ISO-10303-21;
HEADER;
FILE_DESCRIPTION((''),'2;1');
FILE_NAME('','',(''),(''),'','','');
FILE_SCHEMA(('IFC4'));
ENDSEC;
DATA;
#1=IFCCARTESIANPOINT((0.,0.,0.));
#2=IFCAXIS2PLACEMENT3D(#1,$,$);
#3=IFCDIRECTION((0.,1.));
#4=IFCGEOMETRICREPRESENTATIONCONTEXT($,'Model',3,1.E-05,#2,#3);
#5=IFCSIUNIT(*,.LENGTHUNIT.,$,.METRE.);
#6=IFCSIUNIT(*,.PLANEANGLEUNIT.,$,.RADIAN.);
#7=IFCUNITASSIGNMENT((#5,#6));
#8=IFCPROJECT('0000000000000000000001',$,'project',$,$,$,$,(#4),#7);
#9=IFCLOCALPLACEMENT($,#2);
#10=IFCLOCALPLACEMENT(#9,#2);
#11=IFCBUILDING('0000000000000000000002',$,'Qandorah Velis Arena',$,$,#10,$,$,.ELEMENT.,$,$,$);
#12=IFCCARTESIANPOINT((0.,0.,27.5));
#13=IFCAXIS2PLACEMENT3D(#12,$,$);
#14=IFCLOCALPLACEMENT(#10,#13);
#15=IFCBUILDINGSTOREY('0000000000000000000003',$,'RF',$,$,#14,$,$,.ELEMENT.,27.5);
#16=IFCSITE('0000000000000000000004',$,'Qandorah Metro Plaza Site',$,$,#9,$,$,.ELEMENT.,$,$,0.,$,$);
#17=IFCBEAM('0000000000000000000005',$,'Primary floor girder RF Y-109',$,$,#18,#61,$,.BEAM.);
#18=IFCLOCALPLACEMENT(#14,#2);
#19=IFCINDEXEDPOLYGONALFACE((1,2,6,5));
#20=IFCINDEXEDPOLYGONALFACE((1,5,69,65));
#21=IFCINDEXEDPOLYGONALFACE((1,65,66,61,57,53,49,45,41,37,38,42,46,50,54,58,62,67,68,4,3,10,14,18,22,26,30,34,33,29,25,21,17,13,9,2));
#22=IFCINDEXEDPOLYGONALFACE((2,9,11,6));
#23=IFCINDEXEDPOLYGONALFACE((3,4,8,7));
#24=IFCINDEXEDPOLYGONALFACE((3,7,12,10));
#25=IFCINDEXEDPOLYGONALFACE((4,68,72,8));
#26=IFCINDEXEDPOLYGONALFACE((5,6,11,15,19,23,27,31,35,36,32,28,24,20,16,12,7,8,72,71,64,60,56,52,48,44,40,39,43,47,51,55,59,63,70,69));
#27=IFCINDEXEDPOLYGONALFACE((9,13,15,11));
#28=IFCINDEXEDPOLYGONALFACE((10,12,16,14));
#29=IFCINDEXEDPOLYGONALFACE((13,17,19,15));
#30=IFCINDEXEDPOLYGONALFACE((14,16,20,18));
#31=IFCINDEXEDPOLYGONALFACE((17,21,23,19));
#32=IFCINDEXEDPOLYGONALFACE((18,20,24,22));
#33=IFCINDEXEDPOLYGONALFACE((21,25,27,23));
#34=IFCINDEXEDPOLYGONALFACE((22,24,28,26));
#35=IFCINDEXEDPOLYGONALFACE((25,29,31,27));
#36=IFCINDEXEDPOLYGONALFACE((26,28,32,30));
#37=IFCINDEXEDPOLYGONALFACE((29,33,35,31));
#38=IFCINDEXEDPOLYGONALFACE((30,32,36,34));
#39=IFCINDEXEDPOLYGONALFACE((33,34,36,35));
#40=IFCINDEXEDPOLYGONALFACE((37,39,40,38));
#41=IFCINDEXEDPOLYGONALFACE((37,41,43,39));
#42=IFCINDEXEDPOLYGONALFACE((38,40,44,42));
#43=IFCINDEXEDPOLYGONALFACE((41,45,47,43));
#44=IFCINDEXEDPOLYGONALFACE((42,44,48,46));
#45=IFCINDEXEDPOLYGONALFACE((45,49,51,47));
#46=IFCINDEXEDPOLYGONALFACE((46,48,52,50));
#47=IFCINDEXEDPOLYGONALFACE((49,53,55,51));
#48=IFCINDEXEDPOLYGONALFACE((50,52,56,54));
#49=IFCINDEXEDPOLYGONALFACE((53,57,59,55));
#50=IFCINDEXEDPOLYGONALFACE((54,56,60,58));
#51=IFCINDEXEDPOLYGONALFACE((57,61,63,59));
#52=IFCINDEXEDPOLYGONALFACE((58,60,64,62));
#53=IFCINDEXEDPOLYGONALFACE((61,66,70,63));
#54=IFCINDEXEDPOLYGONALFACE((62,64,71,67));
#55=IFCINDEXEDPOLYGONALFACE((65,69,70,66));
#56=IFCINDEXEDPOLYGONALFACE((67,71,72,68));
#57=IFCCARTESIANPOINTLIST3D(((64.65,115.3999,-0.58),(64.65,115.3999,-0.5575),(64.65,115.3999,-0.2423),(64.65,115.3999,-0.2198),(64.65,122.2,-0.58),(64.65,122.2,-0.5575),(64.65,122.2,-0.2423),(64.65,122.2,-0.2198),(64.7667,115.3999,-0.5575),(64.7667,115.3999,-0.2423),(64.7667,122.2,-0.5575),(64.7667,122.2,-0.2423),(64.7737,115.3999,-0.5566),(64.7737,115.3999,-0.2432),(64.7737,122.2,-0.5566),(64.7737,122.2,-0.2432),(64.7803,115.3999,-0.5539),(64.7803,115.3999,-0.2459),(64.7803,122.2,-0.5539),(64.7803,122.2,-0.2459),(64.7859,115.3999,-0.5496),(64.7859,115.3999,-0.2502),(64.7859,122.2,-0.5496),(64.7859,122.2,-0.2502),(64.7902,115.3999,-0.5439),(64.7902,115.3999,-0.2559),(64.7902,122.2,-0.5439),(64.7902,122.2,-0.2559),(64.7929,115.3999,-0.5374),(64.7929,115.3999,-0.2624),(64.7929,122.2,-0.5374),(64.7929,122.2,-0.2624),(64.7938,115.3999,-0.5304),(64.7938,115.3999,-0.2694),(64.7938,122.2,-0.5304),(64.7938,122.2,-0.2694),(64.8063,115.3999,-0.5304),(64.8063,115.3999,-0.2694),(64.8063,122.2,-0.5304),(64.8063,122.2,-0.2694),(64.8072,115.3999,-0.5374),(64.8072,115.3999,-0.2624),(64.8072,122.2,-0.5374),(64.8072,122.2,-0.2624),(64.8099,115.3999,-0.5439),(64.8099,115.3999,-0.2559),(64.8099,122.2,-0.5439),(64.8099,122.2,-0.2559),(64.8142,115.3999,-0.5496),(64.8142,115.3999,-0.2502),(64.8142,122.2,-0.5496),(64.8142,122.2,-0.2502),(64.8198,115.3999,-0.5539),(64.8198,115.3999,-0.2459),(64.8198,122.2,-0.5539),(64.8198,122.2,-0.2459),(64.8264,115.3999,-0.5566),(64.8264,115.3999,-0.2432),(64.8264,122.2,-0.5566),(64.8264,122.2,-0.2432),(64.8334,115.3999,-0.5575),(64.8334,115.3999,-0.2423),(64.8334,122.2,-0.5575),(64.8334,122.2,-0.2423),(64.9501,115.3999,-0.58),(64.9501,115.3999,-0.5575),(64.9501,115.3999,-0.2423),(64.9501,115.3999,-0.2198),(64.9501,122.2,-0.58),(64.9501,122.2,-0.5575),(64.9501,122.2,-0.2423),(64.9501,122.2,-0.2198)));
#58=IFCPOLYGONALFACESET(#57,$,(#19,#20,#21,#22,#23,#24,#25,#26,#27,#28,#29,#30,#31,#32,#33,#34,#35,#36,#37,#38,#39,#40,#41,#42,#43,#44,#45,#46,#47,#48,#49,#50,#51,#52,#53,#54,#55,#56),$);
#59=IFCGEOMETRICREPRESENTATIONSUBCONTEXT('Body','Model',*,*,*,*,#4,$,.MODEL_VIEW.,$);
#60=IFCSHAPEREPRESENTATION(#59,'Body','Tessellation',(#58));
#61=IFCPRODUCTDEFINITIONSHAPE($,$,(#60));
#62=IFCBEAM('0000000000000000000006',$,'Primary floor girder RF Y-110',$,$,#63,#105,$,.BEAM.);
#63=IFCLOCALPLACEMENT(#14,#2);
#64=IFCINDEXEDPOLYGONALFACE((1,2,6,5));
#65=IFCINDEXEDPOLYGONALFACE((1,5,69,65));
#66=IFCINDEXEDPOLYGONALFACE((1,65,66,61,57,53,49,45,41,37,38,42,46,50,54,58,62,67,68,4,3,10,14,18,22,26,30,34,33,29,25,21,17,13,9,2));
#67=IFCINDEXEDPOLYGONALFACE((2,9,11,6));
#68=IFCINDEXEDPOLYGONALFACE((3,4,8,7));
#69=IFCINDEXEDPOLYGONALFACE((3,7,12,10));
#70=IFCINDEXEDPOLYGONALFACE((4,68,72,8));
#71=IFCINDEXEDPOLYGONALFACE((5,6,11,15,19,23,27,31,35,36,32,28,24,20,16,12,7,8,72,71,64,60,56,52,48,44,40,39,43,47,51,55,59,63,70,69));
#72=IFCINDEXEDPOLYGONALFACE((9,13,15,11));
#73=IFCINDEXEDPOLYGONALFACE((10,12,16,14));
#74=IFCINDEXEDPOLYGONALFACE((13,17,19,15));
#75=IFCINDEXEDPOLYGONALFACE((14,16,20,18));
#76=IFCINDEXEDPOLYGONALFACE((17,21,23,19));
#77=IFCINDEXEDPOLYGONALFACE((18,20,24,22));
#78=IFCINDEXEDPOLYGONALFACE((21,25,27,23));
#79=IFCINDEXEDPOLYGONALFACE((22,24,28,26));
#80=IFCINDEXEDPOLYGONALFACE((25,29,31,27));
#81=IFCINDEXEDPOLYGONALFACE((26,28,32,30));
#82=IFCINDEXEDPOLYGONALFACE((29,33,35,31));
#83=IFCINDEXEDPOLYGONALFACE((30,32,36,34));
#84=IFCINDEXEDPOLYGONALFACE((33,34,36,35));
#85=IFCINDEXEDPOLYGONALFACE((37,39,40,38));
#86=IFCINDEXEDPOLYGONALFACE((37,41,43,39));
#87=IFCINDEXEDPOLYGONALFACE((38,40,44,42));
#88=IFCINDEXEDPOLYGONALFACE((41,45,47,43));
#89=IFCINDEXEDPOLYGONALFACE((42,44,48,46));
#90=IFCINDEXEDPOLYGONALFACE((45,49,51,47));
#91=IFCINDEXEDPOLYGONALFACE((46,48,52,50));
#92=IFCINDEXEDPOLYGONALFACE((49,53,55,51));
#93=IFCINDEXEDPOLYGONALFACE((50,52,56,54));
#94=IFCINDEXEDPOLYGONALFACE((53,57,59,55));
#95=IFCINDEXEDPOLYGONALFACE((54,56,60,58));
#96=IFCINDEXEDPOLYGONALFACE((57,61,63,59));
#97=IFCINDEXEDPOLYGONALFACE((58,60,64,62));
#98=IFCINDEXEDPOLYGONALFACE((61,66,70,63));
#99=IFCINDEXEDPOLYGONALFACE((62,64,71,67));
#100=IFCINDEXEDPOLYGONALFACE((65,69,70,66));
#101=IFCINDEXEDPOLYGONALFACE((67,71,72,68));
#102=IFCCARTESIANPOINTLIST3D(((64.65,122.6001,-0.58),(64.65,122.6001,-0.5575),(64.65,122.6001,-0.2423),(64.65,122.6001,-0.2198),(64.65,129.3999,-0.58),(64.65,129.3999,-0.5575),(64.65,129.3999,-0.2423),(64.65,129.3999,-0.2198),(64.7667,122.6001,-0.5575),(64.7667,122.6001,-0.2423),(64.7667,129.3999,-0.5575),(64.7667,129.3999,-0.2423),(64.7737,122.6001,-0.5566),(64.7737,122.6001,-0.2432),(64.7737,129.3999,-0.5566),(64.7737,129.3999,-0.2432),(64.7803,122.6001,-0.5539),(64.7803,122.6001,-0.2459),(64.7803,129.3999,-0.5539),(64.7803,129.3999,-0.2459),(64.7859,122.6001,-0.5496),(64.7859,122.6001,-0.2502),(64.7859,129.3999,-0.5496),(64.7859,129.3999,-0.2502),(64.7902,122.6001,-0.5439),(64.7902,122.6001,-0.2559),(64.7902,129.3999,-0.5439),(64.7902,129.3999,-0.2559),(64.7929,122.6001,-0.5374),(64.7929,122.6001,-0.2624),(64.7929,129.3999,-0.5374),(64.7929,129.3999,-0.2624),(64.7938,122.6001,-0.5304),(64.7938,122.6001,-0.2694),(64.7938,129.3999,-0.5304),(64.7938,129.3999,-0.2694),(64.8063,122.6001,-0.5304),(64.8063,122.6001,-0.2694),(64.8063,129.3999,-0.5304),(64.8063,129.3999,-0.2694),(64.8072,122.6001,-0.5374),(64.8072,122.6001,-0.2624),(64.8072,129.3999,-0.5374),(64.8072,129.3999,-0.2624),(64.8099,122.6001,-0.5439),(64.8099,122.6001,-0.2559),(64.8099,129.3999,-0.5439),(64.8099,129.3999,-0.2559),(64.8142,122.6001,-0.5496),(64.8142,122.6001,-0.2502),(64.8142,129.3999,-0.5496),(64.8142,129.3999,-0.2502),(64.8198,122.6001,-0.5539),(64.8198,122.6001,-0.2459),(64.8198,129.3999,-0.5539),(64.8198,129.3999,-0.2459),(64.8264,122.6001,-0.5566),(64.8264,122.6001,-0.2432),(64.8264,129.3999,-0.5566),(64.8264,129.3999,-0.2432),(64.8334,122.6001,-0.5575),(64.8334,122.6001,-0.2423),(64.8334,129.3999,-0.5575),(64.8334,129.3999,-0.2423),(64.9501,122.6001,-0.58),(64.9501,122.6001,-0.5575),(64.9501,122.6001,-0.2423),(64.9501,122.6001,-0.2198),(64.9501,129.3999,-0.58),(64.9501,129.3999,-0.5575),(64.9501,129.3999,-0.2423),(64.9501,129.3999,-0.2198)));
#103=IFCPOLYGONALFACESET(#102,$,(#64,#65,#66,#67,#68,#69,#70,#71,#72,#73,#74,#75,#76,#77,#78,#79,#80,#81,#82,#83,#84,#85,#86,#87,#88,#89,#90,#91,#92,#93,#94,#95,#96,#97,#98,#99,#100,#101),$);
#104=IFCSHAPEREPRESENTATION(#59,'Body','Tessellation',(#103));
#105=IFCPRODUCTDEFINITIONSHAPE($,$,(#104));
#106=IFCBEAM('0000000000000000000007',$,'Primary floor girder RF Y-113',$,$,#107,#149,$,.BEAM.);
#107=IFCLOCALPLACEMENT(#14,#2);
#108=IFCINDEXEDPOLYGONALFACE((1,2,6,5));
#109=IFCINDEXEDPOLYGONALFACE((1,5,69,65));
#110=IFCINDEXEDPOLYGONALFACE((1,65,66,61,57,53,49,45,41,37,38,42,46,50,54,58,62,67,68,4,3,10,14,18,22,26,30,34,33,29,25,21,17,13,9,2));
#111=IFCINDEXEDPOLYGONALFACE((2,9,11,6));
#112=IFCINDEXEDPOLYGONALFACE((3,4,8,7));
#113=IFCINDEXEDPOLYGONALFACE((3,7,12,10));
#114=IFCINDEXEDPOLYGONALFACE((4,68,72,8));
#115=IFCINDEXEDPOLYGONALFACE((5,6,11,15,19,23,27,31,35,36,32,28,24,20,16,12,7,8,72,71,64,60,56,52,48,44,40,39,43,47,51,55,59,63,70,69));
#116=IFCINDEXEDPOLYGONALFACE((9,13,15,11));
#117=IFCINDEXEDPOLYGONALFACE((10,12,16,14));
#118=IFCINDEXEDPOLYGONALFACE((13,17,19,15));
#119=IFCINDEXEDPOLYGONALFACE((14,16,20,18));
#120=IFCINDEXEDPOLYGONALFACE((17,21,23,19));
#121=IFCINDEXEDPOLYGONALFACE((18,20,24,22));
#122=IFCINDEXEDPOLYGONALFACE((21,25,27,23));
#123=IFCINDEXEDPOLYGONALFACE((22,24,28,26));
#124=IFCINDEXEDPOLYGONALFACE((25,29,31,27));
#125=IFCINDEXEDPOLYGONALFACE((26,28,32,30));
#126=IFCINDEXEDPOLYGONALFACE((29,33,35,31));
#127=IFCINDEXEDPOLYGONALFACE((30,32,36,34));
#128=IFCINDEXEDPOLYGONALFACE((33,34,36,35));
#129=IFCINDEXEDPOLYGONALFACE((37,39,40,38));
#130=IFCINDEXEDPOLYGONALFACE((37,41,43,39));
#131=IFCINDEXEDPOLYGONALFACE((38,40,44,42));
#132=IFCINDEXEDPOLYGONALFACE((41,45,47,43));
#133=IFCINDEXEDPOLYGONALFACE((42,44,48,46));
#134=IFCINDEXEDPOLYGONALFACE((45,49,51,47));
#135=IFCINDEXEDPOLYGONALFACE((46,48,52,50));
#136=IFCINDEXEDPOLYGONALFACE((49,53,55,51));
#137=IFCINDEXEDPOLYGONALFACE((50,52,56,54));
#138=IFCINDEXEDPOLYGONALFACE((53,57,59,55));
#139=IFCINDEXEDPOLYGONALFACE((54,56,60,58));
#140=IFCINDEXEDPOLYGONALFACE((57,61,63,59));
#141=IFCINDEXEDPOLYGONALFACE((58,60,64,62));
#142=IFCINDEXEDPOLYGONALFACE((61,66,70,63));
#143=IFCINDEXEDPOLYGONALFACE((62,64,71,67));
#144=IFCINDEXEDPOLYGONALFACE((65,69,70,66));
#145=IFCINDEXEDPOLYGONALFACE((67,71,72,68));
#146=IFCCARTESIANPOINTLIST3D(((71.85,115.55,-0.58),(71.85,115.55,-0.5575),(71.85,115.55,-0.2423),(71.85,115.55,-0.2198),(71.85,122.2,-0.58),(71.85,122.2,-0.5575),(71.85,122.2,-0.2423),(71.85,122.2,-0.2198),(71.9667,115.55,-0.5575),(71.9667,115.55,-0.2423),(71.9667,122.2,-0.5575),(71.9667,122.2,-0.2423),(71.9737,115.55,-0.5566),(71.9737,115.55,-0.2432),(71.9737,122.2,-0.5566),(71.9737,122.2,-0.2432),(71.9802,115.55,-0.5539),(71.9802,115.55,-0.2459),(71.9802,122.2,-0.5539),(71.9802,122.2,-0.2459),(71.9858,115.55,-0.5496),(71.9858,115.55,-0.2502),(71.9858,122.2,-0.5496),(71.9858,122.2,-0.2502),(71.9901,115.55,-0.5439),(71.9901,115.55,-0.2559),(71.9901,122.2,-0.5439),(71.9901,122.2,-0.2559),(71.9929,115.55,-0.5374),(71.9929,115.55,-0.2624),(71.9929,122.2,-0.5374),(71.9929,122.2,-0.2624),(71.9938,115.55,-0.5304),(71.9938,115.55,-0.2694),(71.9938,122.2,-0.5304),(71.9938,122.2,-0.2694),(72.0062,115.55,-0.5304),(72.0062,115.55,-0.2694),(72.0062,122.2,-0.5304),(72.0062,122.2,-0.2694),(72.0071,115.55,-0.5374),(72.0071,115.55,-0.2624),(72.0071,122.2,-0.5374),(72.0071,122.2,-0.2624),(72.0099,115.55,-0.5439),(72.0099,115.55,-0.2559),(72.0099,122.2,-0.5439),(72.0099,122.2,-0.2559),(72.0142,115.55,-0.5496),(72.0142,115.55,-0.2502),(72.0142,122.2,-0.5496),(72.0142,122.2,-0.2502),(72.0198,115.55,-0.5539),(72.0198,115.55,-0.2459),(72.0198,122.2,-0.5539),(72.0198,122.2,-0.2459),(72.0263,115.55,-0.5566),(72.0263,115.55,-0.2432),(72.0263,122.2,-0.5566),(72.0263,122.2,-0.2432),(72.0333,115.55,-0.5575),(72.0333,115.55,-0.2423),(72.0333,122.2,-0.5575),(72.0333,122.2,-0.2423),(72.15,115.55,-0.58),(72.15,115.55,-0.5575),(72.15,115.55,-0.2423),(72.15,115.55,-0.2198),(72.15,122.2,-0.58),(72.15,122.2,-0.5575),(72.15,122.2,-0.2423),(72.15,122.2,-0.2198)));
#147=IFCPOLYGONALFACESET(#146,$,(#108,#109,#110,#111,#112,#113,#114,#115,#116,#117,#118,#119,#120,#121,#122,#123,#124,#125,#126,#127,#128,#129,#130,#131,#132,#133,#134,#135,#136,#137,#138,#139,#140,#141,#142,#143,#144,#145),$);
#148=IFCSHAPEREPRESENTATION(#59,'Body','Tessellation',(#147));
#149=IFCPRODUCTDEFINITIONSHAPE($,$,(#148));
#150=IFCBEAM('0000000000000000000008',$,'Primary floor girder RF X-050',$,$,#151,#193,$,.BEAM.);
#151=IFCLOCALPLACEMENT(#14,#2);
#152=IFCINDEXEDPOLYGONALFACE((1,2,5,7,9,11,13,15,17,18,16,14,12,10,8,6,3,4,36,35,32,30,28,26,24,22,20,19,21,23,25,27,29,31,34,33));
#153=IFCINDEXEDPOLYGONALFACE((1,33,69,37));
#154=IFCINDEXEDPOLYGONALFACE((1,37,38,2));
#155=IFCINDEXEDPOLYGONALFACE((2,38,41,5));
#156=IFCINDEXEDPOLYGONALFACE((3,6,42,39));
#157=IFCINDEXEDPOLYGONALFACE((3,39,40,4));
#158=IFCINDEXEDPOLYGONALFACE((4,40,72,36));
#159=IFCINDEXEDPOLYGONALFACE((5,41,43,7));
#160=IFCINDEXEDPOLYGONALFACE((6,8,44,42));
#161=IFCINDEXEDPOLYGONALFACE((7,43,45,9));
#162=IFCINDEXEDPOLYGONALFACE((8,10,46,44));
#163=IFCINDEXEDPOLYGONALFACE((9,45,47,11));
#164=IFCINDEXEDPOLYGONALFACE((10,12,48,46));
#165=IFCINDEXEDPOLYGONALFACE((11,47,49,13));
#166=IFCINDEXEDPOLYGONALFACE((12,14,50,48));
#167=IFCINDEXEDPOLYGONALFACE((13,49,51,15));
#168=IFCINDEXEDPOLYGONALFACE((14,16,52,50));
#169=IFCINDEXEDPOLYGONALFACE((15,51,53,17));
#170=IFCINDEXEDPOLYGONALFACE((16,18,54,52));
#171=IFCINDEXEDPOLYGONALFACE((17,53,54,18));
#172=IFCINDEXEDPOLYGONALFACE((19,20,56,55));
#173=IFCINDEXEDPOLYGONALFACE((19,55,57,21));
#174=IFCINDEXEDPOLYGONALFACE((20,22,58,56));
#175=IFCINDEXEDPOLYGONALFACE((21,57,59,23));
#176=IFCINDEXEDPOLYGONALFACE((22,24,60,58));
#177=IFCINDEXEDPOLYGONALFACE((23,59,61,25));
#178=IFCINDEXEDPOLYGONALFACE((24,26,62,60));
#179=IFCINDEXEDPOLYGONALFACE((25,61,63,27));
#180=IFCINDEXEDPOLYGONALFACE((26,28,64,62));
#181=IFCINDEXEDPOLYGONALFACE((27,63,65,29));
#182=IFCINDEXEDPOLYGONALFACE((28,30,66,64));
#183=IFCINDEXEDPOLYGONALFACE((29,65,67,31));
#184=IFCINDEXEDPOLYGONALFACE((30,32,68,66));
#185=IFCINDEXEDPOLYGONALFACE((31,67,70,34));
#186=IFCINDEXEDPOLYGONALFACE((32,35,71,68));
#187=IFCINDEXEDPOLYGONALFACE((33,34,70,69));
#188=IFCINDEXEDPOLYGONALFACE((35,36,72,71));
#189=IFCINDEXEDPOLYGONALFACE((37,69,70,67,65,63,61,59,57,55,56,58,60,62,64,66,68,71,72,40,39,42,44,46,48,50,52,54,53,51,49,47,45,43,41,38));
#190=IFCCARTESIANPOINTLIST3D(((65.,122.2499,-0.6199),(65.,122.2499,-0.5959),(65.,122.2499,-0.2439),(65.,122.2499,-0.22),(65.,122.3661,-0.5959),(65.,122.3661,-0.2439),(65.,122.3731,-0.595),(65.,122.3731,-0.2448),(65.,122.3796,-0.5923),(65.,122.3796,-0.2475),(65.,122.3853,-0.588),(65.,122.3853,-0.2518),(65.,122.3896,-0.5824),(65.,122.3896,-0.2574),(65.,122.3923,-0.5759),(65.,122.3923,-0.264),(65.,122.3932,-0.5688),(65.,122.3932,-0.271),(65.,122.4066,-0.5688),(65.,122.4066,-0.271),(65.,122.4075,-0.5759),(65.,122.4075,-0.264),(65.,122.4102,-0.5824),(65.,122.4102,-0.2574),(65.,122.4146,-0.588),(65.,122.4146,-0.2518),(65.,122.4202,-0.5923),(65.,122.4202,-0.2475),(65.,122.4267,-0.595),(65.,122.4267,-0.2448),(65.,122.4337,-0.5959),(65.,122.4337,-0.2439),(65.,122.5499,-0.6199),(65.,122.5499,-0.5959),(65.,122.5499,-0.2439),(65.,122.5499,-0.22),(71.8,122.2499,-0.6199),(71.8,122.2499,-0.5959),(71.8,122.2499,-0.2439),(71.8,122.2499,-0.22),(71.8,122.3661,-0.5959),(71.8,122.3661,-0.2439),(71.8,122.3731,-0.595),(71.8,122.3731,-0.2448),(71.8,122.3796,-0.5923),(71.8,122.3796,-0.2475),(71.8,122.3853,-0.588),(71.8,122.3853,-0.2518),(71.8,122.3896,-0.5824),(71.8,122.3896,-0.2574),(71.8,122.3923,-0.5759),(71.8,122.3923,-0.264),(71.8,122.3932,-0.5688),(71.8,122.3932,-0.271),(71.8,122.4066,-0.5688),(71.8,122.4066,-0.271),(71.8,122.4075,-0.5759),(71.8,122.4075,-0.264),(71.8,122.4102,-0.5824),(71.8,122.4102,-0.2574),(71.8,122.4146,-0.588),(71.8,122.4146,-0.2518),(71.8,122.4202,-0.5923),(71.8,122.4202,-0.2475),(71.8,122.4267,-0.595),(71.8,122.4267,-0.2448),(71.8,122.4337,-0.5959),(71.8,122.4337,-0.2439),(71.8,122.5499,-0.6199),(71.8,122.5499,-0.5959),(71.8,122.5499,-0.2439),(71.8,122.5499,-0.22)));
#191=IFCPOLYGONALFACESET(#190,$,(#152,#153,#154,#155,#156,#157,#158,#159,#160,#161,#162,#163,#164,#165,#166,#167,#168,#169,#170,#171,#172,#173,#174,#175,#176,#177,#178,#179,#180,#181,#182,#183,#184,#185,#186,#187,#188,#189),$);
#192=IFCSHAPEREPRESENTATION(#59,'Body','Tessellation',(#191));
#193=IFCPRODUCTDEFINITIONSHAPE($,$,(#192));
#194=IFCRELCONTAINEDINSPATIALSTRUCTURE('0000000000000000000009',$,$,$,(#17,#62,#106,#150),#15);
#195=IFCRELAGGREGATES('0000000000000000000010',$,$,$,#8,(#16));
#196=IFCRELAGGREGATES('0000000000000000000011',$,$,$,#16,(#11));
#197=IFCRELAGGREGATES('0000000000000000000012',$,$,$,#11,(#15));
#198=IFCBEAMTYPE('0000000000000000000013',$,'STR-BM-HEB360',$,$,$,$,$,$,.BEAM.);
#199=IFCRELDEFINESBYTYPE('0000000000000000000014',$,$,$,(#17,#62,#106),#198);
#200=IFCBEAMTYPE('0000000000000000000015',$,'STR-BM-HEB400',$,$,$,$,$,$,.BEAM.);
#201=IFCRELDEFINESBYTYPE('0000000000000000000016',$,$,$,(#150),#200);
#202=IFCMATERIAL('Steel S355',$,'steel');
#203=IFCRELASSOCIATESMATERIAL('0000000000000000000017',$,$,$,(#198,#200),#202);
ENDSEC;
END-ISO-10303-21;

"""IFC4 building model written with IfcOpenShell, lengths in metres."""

from ifc_helpers import new_model, si_unit, direction, frame, origin, origin_2d, place, context, subcontext, project, spatial, i_section, extrude, material, material_profile, profile_set, type_object, element, save


model = new_model("IFC4")

# Units and contexts
model_context = context("Model", 3, precision=1e-05, world=origin(), true_north=direction((0.0, 1.0)))
body_context = subcontext(model_context, "Body", "Model", "MODEL_VIEW")
ifc_project = project(units=[si_unit("LENGTHUNIT", "METRE"), si_unit("PLANEANGLEUNIT", "RADIAN")], contexts=[model_context])

# Site, building, storey
site_placement = place(None, origin())
site = spatial("IfcSite", under=ifc_project, at=site_placement, Name="Qandorah Metro Plaza Site", CompositionType="ELEMENT", RefElevation=0.0)
building_placement = place(site_placement, origin())
building = spatial("IfcBuilding", under=site, at=building_placement, Name="Qandorah Velis Arena", CompositionType="ELEMENT")
storey_placement = place(building_placement, frame((0.0, 0.0, 27.5)))
storey = spatial("IfcBuildingStorey", under=building, at=storey_placement, Name="RF", CompositionType="ELEMENT", Elevation=27.5)

# Beams
ifc_material_1 = material(Name="Steel S355", Category="steel")
ifc_material_profile_1 = material_profile(ifc_material_1, i_section(OverallWidth=0.3, OverallDepth=0.3601, WebThickness=0.0125, FlangeThickness=0.0225, FilletRadius=0.0271, at=origin_2d()), Name="HEB 360")
ifc_profile_set_1 = profile_set([ifc_material_profile_1], Name="Steel S355")
beam_type_1 = type_object("IfcBeamType", Name="STR-BM-HEB360", PredefinedType="BEAM", material=ifc_profile_set_1)
beam_1_placement = place(storey_placement, frame((64.8, 115.3999, -0.3999), z_axis=(0.0, 1.0, 0.0), x_axis=(-1.0, 0.0, 0.0)))
element("IfcBeam", 1, at=beam_1_placement, inside=storey, type_object=beam_type_1, Name="Primary floor girder RF Y-109", PredefinedType="BEAM", context=body_context, shape_type="SweptSolid", body=[
    extrude(i_section(OverallWidth=0.3, OverallDepth=0.3601, WebThickness=0.0125, FlangeThickness=0.0225, FilletRadius=0.0271, at=origin_2d()), origin(), (0.0, 0.0, 1.0), 6.8),
])
beam_2_placement = place(storey_placement, frame((64.8, 122.6001, -0.3999), z_axis=(0.0, 1.0, 0.0), x_axis=(-1.0, 0.0, 0.0)))
element("IfcBeam", 2, at=beam_2_placement, inside=storey, type_object=beam_type_1, Name="Primary floor girder RF Y-110", PredefinedType="BEAM", context=body_context, shape_type="SweptSolid", body=[
    extrude(i_section(OverallWidth=0.3, OverallDepth=0.3601, WebThickness=0.0125, FlangeThickness=0.0225, FilletRadius=0.0271, at=origin_2d()), origin(), (0.0, 0.0, 1.0), 6.7998),
])
beam_3_placement = place(storey_placement, frame((72.0, 115.55, -0.3999), z_axis=(0.0, 1.0, 0.0), x_axis=(-1.0, 0.0, 0.0)))
element("IfcBeam", 3, at=beam_3_placement, inside=storey, type_object=beam_type_1, Name="Primary floor girder RF Y-113", PredefinedType="BEAM", context=body_context, shape_type="SweptSolid", body=[
    extrude(i_section(OverallWidth=0.3, OverallDepth=0.3601, WebThickness=0.0125, FlangeThickness=0.0225, FilletRadius=0.0271, at=origin_2d()), origin(), (0.0, 0.0, 1.0), 6.6499),
])
ifc_material_profile_2 = material_profile(ifc_material_1, i_section(OverallWidth=0.3, OverallDepth=0.3999, WebThickness=0.0134, FlangeThickness=0.0239, FilletRadius=0.0271, at=origin_2d()), Name="HEB 400")
ifc_profile_set_2 = profile_set([ifc_material_profile_2], Name="Steel S355")
beam_type_2 = type_object("IfcBeamType", Name="STR-BM-HEB400", PredefinedType="BEAM", material=ifc_profile_set_2)
for number, where, z_axis, x_axis, name in (
    (4, (65.0, 122.3999, -0.4199), (1.0, 0.0, 0.0), (0.0, 1.0, 0.0), "Primary floor girder RF X-050"),
):
    element("IfcBeam", number, at=place(storey_placement, frame(where, z_axis=z_axis, x_axis=x_axis)), inside=storey, type_object=beam_type_2, Name=name, PredefinedType="BEAM", context=body_context, shape_type="SweptSolid", body=[
        extrude(i_section(OverallWidth=0.3, OverallDepth=0.3999, WebThickness=0.0134, FlangeThickness=0.0239, FilletRadius=0.0271, at=origin_2d()), origin(), (0.0, 0.0, 1.0), 6.8),
    ])

save(model, "model.ifc")
